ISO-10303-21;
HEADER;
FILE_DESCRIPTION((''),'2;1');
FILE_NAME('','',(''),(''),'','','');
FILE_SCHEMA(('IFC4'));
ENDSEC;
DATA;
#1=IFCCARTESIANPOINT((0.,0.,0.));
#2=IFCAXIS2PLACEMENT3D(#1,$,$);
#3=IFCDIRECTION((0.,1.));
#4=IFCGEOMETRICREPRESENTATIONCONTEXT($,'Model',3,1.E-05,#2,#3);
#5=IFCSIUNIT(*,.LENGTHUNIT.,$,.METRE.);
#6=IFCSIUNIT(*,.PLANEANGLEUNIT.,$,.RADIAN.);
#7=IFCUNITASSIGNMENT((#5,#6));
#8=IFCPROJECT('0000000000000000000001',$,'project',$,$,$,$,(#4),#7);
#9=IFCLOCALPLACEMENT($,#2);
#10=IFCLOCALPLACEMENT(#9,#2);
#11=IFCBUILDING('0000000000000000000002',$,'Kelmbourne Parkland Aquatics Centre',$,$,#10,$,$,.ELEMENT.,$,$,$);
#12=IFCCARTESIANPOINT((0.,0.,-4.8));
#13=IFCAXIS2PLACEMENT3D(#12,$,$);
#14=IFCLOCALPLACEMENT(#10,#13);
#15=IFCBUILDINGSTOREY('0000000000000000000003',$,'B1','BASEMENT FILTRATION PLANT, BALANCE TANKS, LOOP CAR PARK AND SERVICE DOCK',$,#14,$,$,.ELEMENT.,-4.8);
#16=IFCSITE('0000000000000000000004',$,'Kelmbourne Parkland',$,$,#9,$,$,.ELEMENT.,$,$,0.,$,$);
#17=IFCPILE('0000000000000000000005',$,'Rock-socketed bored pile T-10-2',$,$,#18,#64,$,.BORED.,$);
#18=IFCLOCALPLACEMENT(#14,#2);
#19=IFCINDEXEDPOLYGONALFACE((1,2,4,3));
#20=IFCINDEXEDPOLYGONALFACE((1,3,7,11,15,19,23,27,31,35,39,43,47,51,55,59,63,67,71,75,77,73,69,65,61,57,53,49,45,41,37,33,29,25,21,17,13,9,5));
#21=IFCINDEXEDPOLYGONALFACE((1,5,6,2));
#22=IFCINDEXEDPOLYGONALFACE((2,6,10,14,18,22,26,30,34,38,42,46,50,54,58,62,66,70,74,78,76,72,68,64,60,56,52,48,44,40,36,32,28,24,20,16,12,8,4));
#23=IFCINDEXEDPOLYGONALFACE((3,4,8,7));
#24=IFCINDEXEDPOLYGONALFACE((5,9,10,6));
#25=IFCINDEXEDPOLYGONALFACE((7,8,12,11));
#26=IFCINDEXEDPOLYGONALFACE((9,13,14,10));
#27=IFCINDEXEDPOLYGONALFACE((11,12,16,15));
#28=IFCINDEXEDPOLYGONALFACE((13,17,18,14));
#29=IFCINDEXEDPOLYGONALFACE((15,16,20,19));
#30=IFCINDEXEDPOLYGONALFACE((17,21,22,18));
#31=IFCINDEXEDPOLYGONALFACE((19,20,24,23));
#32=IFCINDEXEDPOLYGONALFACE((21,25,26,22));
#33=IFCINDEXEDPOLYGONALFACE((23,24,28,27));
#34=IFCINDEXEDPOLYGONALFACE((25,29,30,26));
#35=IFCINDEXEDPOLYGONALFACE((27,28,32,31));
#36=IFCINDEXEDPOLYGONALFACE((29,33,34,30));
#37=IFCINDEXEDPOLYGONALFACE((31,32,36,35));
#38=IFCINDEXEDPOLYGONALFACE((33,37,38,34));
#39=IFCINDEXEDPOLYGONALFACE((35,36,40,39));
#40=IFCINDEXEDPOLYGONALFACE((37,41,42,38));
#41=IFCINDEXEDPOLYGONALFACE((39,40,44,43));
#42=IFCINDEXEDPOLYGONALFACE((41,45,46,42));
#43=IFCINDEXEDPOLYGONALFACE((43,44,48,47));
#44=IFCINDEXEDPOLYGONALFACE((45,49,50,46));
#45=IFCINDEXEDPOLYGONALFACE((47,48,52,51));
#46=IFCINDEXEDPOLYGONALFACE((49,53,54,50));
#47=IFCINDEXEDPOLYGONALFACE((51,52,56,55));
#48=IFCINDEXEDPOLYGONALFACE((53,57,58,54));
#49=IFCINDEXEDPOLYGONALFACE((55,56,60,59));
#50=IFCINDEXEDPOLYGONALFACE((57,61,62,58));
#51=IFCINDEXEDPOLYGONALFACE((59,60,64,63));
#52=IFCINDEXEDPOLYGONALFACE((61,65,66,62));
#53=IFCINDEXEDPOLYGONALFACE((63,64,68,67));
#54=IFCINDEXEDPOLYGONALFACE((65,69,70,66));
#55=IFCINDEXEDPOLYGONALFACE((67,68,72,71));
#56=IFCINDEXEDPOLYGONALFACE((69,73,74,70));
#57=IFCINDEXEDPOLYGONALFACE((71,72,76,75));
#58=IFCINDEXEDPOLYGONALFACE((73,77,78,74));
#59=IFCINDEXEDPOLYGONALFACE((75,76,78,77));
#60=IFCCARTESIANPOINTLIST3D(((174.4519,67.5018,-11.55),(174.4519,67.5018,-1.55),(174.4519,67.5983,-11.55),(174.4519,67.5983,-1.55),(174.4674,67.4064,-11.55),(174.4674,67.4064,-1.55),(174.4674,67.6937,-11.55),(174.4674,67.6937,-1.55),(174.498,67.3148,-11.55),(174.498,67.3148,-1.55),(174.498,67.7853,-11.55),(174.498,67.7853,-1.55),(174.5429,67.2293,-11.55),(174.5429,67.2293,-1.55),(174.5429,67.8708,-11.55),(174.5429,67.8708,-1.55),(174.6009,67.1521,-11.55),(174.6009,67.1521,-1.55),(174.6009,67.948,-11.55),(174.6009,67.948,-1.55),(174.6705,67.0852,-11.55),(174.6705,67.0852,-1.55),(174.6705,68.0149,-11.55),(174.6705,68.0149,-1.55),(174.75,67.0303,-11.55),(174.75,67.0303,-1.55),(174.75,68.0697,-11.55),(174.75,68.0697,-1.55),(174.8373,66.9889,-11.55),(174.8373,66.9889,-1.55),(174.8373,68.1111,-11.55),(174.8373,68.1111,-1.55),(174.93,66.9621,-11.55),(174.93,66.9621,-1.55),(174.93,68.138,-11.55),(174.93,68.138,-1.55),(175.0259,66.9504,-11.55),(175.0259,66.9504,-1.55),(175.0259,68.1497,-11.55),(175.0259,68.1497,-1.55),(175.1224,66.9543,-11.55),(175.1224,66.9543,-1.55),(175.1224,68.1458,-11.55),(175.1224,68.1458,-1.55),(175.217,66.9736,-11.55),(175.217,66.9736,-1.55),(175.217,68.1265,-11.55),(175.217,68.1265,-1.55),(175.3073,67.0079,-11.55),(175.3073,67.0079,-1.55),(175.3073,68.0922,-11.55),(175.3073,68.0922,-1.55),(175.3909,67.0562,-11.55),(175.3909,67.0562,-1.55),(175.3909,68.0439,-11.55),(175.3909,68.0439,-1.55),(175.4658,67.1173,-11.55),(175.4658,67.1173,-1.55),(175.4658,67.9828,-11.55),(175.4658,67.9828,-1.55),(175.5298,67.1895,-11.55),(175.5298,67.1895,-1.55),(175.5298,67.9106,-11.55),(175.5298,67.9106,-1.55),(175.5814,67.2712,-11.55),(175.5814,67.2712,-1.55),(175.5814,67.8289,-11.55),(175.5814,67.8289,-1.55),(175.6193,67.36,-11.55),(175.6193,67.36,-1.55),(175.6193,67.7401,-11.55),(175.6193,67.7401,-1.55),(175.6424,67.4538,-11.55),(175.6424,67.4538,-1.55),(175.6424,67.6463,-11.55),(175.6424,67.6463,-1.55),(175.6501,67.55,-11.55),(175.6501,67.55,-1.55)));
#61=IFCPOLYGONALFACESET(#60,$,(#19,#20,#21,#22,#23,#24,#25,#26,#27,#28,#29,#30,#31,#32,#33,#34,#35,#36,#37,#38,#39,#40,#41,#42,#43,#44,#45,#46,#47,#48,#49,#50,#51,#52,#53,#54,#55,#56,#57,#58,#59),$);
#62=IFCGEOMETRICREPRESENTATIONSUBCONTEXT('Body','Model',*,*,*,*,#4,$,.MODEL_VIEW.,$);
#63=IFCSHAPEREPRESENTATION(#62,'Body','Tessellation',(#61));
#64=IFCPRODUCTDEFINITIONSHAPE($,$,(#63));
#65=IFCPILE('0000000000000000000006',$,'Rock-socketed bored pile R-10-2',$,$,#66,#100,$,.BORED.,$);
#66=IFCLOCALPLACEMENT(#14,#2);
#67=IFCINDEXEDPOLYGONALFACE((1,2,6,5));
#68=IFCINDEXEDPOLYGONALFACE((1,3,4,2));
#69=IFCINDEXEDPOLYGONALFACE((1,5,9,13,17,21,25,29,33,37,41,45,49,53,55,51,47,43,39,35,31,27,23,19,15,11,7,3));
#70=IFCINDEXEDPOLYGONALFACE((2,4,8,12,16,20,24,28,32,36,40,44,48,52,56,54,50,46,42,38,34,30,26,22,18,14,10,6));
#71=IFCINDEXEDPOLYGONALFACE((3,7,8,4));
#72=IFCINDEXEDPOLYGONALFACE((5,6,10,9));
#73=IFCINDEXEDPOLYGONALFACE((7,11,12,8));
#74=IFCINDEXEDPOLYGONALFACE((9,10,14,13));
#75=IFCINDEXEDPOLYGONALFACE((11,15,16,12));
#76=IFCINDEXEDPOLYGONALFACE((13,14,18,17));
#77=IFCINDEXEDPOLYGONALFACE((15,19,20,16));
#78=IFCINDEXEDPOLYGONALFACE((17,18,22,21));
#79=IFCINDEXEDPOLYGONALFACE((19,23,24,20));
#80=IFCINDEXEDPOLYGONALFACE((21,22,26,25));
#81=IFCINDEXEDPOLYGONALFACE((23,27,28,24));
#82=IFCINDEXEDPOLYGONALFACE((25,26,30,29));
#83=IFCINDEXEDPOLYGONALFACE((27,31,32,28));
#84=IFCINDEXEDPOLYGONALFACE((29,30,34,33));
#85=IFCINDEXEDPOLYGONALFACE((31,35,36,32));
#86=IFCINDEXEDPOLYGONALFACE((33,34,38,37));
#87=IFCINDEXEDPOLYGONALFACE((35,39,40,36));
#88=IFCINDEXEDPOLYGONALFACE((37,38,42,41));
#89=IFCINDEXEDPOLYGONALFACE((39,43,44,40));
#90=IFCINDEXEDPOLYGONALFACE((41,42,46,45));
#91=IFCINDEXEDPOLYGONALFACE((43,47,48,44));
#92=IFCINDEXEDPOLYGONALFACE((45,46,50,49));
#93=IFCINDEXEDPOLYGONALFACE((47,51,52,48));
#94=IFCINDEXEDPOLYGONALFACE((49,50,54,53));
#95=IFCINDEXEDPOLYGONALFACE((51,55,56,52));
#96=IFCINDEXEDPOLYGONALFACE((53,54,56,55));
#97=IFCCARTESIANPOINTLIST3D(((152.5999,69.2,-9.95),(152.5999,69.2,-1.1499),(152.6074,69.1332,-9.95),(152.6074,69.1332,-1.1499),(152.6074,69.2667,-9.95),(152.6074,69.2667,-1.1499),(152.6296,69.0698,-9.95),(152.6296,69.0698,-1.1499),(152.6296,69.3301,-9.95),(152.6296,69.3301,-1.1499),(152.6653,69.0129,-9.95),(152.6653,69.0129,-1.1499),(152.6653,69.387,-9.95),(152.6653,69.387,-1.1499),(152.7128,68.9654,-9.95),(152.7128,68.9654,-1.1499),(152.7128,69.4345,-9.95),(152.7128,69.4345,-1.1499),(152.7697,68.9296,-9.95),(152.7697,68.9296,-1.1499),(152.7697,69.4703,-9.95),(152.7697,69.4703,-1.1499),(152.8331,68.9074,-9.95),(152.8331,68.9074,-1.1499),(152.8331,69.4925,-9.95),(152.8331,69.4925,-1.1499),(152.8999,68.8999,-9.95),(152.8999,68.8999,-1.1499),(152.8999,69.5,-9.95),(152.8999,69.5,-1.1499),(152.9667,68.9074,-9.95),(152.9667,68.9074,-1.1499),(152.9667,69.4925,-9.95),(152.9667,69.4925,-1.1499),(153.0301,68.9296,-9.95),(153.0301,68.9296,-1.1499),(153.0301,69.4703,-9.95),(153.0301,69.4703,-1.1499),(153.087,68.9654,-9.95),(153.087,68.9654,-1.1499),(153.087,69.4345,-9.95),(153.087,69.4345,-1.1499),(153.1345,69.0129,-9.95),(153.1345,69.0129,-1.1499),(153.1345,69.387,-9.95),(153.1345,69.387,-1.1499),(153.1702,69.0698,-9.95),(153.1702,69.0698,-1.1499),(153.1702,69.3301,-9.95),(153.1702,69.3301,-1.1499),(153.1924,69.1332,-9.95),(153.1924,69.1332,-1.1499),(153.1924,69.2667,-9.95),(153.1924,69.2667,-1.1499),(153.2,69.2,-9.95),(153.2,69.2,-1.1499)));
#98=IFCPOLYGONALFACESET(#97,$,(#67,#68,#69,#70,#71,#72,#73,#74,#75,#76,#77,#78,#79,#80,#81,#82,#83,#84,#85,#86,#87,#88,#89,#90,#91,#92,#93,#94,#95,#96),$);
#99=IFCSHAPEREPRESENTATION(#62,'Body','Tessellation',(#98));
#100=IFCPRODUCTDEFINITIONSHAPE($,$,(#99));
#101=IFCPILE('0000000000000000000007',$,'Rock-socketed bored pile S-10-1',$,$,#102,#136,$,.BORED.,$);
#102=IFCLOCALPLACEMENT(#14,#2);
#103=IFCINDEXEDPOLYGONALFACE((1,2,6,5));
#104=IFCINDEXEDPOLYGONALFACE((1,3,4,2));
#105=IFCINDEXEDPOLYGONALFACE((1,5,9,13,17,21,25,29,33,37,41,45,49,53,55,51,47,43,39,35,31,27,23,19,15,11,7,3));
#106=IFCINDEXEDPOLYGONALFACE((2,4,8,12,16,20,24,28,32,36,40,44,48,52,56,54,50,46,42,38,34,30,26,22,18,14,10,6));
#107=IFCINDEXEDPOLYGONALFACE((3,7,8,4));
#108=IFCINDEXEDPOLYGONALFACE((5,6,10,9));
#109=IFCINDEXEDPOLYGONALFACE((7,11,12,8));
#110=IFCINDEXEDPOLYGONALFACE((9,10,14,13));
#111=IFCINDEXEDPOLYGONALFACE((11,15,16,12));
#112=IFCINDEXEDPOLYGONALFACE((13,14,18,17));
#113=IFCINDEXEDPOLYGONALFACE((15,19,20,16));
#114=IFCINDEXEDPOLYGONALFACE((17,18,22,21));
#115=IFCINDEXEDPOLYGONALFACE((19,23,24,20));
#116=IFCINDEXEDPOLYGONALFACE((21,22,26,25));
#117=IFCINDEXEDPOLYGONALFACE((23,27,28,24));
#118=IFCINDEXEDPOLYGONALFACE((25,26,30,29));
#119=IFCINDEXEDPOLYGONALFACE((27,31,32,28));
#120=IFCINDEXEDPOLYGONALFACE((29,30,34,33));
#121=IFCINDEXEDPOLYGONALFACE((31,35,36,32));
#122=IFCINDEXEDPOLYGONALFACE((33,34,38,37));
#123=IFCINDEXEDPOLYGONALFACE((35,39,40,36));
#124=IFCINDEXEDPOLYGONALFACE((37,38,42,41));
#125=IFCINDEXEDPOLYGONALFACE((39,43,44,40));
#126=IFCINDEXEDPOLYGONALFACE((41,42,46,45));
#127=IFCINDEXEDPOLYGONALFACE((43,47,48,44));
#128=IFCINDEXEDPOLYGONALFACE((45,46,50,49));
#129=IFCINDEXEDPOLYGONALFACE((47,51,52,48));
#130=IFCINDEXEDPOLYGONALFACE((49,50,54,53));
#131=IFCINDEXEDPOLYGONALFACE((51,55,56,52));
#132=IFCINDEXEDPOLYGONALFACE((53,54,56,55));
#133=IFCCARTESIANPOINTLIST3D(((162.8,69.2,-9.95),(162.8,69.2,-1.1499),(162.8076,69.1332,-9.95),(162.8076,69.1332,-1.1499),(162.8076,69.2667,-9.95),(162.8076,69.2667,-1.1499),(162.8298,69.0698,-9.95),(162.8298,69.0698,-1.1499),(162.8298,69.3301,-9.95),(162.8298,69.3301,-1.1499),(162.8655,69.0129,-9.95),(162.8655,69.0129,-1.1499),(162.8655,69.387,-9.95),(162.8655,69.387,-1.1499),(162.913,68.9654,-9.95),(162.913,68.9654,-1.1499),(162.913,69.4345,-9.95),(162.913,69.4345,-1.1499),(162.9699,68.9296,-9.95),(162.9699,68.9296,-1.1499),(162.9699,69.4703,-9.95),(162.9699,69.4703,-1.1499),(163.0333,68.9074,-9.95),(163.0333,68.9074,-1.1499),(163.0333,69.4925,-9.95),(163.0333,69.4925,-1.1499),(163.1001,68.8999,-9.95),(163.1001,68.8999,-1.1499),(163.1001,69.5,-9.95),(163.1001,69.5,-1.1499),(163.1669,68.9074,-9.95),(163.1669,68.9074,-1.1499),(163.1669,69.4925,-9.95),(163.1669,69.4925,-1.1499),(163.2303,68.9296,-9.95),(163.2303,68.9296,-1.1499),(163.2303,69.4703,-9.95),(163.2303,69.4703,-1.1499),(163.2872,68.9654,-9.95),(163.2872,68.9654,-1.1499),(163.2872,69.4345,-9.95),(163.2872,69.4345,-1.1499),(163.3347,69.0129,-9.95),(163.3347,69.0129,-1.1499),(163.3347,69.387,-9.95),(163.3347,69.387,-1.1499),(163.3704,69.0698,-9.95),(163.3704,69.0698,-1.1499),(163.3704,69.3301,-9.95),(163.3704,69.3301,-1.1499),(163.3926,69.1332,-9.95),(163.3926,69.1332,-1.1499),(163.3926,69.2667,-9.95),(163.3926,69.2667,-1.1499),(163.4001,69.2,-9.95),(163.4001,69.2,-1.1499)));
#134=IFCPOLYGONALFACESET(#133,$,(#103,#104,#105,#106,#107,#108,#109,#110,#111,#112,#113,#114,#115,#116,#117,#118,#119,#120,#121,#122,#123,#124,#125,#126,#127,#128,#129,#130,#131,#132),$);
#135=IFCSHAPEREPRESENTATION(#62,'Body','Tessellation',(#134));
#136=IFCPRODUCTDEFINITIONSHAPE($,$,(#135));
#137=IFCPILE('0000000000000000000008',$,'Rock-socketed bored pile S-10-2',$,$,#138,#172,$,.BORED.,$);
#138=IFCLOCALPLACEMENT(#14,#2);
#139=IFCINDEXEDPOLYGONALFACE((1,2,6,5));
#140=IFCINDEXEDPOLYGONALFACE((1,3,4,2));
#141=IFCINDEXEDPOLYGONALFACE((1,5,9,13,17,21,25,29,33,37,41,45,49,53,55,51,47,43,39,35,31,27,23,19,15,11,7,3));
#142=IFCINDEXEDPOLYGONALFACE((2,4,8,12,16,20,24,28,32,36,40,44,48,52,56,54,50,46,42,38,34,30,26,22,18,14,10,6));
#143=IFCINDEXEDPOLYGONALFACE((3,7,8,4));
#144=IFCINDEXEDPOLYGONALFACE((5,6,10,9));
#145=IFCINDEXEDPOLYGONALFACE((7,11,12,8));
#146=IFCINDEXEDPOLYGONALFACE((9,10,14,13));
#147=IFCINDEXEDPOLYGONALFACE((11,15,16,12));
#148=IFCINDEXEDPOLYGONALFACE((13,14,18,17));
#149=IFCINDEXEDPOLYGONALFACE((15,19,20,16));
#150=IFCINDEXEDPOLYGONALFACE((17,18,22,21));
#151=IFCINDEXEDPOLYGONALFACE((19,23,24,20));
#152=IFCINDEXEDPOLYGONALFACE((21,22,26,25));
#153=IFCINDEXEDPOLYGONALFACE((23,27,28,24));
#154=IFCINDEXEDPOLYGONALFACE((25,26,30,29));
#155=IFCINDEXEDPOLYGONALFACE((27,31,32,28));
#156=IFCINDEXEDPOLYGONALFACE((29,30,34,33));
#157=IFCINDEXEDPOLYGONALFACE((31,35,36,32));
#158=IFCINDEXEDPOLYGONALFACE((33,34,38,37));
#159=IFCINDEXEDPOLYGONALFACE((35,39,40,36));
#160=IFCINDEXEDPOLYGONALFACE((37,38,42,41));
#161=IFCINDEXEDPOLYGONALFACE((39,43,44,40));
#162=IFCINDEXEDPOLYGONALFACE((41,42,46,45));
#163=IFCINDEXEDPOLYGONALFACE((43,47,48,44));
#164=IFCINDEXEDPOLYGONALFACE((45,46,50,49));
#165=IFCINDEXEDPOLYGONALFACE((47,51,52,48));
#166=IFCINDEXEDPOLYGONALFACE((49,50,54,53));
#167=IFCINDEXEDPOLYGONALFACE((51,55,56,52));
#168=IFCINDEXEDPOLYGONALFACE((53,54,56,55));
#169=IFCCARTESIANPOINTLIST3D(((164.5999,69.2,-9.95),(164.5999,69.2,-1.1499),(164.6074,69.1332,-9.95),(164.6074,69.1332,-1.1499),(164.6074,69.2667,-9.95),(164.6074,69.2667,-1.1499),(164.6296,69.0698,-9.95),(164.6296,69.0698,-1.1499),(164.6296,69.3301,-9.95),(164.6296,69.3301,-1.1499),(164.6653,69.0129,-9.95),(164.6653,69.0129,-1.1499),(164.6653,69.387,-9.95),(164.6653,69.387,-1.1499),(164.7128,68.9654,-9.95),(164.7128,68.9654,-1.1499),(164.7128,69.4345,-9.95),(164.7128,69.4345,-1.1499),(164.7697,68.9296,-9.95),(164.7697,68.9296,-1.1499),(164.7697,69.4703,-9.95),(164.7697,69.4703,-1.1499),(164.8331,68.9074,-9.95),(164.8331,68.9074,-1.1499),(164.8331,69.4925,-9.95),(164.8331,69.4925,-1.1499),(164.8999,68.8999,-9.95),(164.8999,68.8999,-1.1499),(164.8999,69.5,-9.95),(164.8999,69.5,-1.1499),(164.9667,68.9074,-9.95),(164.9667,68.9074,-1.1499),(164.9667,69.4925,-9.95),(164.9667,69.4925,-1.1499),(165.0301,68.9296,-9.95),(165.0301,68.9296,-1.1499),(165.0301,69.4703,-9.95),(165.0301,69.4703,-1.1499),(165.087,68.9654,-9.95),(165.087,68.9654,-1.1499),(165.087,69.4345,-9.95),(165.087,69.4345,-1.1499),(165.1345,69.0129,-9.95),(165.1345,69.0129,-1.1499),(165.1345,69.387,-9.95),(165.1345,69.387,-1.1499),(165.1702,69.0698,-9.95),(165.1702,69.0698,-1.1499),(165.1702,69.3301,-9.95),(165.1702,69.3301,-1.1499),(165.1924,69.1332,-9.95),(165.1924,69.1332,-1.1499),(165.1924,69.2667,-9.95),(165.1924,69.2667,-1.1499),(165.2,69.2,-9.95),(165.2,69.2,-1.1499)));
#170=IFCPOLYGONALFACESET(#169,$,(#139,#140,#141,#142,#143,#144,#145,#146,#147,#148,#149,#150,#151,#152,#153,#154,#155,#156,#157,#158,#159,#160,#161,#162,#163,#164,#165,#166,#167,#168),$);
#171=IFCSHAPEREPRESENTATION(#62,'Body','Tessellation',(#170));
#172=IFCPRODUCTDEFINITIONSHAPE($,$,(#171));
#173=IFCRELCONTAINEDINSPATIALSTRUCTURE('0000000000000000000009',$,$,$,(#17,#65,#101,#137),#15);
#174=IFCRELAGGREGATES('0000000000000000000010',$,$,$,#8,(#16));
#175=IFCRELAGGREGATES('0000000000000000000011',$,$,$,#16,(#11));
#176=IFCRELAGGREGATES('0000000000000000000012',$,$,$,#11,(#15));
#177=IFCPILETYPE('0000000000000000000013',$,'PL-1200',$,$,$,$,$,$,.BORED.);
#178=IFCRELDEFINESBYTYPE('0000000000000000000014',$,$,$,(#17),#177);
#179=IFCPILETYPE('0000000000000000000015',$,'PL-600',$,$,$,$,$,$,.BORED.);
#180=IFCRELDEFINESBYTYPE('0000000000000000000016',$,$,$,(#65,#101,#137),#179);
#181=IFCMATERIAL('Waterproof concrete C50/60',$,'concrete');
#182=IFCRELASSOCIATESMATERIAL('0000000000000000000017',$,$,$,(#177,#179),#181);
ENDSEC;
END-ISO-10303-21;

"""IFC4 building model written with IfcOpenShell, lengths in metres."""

from ifc_helpers import new_model, si_unit, direction, frame, origin, origin_2d, place, context, subcontext, project, spatial, circle, extrude, material, material_profile, profile_set, type_object, element, save


model = new_model("IFC4")

# Units and contexts
model_context = context("Model", 3, precision=1e-05, world=origin(), true_north=direction((0.0, 1.0)))
body_context = subcontext(model_context, "Body", "Model", "MODEL_VIEW")
ifc_project = project(units=[si_unit("LENGTHUNIT", "METRE"), si_unit("PLANEANGLEUNIT", "RADIAN")], contexts=[model_context])

# Site, building, storey
site_placement = place(None, origin())
site = spatial("IfcSite", under=ifc_project, at=site_placement, Name="Kelmbourne Parkland", CompositionType="ELEMENT", RefElevation=0.0)
building_placement = place(site_placement, origin())
building = spatial("IfcBuilding", under=site, at=building_placement, Name="Kelmbourne Parkland Aquatics Centre", CompositionType="ELEMENT")
storey_placement = place(building_placement, frame((0.0, 0.0, -4.8)))
storey = spatial("IfcBuildingStorey", under=building, at=storey_placement, Name="B1", Description="BASEMENT FILTRATION PLANT, BALANCE TANKS, LOOP CAR PARK AND SERVICE DOCK", CompositionType="ELEMENT", Elevation=-4.8)

# Shared definitions
ifc_material_1 = material(Name="Waterproof concrete C50/60", Category="concrete")

# Piles
ifc_material_profile_1 = material_profile(ifc_material_1, circle(Radius=0.6001, at=origin_2d()), Name="PILE D1200")
ifc_profile_set_1 = profile_set([ifc_material_profile_1], Name="Waterproof concrete C50/60")
pile_type_1 = type_object("IfcPileType", Name="PL-1200", PredefinedType="BORED", material=ifc_profile_set_1)
for number, where, z_axis, x_axis, name in (
    (1, (175.05, 67.55, -1.55), (0.0, 0.0, -1.0), (1.0, 0.0, 0.0), "Rock-socketed bored pile T-10-2"),
):
    element("IfcPile", number, at=place(storey_placement, frame(where, z_axis=z_axis, x_axis=x_axis)), inside=storey, type_object=pile_type_1, Name=name, PredefinedType="BORED", context=body_context, shape_type="SweptSolid", body=[
        extrude(circle(Radius=0.6001, at=origin_2d()), origin(), (0.0, 0.0, 1.0), 10.0),
    ])
ifc_material_profile_2 = material_profile(ifc_material_1, circle(Radius=0.3, at=origin_2d()), Name="PILE D600")
ifc_profile_set_2 = profile_set([ifc_material_profile_2], Name="Waterproof concrete C50/60")
pile_type_2 = type_object("IfcPileType", Name="PL-600", PredefinedType="BORED", material=ifc_profile_set_2)
for number, where, z_axis, x_axis, name in (
    (2, (152.8999, 69.2, -1.1499), (0.0, 0.0, -1.0), (1.0, 0.0, 0.0), "Rock-socketed bored pile R-10-2"),
    (3, (163.1001, 69.2, -1.1499), (0.0, 0.0, -1.0), (1.0, 0.0, 0.0), "Rock-socketed bored pile S-10-1"),
    (4, (164.8999, 69.2, -1.1499), (0.0, 0.0, -1.0), (1.0, 0.0, 0.0), "Rock-socketed bored pile S-10-2"),
):
    element("IfcPile", number, at=place(storey_placement, frame(where, z_axis=z_axis, x_axis=x_axis)), inside=storey, type_object=pile_type_2, Name=name, PredefinedType="BORED", context=body_context, shape_type="SweptSolid", body=[
        extrude(circle(Radius=0.3, at=origin_2d()), origin(), (0.0, 0.0, 1.0), 8.8),
    ])

save(model, "model.ifc")
